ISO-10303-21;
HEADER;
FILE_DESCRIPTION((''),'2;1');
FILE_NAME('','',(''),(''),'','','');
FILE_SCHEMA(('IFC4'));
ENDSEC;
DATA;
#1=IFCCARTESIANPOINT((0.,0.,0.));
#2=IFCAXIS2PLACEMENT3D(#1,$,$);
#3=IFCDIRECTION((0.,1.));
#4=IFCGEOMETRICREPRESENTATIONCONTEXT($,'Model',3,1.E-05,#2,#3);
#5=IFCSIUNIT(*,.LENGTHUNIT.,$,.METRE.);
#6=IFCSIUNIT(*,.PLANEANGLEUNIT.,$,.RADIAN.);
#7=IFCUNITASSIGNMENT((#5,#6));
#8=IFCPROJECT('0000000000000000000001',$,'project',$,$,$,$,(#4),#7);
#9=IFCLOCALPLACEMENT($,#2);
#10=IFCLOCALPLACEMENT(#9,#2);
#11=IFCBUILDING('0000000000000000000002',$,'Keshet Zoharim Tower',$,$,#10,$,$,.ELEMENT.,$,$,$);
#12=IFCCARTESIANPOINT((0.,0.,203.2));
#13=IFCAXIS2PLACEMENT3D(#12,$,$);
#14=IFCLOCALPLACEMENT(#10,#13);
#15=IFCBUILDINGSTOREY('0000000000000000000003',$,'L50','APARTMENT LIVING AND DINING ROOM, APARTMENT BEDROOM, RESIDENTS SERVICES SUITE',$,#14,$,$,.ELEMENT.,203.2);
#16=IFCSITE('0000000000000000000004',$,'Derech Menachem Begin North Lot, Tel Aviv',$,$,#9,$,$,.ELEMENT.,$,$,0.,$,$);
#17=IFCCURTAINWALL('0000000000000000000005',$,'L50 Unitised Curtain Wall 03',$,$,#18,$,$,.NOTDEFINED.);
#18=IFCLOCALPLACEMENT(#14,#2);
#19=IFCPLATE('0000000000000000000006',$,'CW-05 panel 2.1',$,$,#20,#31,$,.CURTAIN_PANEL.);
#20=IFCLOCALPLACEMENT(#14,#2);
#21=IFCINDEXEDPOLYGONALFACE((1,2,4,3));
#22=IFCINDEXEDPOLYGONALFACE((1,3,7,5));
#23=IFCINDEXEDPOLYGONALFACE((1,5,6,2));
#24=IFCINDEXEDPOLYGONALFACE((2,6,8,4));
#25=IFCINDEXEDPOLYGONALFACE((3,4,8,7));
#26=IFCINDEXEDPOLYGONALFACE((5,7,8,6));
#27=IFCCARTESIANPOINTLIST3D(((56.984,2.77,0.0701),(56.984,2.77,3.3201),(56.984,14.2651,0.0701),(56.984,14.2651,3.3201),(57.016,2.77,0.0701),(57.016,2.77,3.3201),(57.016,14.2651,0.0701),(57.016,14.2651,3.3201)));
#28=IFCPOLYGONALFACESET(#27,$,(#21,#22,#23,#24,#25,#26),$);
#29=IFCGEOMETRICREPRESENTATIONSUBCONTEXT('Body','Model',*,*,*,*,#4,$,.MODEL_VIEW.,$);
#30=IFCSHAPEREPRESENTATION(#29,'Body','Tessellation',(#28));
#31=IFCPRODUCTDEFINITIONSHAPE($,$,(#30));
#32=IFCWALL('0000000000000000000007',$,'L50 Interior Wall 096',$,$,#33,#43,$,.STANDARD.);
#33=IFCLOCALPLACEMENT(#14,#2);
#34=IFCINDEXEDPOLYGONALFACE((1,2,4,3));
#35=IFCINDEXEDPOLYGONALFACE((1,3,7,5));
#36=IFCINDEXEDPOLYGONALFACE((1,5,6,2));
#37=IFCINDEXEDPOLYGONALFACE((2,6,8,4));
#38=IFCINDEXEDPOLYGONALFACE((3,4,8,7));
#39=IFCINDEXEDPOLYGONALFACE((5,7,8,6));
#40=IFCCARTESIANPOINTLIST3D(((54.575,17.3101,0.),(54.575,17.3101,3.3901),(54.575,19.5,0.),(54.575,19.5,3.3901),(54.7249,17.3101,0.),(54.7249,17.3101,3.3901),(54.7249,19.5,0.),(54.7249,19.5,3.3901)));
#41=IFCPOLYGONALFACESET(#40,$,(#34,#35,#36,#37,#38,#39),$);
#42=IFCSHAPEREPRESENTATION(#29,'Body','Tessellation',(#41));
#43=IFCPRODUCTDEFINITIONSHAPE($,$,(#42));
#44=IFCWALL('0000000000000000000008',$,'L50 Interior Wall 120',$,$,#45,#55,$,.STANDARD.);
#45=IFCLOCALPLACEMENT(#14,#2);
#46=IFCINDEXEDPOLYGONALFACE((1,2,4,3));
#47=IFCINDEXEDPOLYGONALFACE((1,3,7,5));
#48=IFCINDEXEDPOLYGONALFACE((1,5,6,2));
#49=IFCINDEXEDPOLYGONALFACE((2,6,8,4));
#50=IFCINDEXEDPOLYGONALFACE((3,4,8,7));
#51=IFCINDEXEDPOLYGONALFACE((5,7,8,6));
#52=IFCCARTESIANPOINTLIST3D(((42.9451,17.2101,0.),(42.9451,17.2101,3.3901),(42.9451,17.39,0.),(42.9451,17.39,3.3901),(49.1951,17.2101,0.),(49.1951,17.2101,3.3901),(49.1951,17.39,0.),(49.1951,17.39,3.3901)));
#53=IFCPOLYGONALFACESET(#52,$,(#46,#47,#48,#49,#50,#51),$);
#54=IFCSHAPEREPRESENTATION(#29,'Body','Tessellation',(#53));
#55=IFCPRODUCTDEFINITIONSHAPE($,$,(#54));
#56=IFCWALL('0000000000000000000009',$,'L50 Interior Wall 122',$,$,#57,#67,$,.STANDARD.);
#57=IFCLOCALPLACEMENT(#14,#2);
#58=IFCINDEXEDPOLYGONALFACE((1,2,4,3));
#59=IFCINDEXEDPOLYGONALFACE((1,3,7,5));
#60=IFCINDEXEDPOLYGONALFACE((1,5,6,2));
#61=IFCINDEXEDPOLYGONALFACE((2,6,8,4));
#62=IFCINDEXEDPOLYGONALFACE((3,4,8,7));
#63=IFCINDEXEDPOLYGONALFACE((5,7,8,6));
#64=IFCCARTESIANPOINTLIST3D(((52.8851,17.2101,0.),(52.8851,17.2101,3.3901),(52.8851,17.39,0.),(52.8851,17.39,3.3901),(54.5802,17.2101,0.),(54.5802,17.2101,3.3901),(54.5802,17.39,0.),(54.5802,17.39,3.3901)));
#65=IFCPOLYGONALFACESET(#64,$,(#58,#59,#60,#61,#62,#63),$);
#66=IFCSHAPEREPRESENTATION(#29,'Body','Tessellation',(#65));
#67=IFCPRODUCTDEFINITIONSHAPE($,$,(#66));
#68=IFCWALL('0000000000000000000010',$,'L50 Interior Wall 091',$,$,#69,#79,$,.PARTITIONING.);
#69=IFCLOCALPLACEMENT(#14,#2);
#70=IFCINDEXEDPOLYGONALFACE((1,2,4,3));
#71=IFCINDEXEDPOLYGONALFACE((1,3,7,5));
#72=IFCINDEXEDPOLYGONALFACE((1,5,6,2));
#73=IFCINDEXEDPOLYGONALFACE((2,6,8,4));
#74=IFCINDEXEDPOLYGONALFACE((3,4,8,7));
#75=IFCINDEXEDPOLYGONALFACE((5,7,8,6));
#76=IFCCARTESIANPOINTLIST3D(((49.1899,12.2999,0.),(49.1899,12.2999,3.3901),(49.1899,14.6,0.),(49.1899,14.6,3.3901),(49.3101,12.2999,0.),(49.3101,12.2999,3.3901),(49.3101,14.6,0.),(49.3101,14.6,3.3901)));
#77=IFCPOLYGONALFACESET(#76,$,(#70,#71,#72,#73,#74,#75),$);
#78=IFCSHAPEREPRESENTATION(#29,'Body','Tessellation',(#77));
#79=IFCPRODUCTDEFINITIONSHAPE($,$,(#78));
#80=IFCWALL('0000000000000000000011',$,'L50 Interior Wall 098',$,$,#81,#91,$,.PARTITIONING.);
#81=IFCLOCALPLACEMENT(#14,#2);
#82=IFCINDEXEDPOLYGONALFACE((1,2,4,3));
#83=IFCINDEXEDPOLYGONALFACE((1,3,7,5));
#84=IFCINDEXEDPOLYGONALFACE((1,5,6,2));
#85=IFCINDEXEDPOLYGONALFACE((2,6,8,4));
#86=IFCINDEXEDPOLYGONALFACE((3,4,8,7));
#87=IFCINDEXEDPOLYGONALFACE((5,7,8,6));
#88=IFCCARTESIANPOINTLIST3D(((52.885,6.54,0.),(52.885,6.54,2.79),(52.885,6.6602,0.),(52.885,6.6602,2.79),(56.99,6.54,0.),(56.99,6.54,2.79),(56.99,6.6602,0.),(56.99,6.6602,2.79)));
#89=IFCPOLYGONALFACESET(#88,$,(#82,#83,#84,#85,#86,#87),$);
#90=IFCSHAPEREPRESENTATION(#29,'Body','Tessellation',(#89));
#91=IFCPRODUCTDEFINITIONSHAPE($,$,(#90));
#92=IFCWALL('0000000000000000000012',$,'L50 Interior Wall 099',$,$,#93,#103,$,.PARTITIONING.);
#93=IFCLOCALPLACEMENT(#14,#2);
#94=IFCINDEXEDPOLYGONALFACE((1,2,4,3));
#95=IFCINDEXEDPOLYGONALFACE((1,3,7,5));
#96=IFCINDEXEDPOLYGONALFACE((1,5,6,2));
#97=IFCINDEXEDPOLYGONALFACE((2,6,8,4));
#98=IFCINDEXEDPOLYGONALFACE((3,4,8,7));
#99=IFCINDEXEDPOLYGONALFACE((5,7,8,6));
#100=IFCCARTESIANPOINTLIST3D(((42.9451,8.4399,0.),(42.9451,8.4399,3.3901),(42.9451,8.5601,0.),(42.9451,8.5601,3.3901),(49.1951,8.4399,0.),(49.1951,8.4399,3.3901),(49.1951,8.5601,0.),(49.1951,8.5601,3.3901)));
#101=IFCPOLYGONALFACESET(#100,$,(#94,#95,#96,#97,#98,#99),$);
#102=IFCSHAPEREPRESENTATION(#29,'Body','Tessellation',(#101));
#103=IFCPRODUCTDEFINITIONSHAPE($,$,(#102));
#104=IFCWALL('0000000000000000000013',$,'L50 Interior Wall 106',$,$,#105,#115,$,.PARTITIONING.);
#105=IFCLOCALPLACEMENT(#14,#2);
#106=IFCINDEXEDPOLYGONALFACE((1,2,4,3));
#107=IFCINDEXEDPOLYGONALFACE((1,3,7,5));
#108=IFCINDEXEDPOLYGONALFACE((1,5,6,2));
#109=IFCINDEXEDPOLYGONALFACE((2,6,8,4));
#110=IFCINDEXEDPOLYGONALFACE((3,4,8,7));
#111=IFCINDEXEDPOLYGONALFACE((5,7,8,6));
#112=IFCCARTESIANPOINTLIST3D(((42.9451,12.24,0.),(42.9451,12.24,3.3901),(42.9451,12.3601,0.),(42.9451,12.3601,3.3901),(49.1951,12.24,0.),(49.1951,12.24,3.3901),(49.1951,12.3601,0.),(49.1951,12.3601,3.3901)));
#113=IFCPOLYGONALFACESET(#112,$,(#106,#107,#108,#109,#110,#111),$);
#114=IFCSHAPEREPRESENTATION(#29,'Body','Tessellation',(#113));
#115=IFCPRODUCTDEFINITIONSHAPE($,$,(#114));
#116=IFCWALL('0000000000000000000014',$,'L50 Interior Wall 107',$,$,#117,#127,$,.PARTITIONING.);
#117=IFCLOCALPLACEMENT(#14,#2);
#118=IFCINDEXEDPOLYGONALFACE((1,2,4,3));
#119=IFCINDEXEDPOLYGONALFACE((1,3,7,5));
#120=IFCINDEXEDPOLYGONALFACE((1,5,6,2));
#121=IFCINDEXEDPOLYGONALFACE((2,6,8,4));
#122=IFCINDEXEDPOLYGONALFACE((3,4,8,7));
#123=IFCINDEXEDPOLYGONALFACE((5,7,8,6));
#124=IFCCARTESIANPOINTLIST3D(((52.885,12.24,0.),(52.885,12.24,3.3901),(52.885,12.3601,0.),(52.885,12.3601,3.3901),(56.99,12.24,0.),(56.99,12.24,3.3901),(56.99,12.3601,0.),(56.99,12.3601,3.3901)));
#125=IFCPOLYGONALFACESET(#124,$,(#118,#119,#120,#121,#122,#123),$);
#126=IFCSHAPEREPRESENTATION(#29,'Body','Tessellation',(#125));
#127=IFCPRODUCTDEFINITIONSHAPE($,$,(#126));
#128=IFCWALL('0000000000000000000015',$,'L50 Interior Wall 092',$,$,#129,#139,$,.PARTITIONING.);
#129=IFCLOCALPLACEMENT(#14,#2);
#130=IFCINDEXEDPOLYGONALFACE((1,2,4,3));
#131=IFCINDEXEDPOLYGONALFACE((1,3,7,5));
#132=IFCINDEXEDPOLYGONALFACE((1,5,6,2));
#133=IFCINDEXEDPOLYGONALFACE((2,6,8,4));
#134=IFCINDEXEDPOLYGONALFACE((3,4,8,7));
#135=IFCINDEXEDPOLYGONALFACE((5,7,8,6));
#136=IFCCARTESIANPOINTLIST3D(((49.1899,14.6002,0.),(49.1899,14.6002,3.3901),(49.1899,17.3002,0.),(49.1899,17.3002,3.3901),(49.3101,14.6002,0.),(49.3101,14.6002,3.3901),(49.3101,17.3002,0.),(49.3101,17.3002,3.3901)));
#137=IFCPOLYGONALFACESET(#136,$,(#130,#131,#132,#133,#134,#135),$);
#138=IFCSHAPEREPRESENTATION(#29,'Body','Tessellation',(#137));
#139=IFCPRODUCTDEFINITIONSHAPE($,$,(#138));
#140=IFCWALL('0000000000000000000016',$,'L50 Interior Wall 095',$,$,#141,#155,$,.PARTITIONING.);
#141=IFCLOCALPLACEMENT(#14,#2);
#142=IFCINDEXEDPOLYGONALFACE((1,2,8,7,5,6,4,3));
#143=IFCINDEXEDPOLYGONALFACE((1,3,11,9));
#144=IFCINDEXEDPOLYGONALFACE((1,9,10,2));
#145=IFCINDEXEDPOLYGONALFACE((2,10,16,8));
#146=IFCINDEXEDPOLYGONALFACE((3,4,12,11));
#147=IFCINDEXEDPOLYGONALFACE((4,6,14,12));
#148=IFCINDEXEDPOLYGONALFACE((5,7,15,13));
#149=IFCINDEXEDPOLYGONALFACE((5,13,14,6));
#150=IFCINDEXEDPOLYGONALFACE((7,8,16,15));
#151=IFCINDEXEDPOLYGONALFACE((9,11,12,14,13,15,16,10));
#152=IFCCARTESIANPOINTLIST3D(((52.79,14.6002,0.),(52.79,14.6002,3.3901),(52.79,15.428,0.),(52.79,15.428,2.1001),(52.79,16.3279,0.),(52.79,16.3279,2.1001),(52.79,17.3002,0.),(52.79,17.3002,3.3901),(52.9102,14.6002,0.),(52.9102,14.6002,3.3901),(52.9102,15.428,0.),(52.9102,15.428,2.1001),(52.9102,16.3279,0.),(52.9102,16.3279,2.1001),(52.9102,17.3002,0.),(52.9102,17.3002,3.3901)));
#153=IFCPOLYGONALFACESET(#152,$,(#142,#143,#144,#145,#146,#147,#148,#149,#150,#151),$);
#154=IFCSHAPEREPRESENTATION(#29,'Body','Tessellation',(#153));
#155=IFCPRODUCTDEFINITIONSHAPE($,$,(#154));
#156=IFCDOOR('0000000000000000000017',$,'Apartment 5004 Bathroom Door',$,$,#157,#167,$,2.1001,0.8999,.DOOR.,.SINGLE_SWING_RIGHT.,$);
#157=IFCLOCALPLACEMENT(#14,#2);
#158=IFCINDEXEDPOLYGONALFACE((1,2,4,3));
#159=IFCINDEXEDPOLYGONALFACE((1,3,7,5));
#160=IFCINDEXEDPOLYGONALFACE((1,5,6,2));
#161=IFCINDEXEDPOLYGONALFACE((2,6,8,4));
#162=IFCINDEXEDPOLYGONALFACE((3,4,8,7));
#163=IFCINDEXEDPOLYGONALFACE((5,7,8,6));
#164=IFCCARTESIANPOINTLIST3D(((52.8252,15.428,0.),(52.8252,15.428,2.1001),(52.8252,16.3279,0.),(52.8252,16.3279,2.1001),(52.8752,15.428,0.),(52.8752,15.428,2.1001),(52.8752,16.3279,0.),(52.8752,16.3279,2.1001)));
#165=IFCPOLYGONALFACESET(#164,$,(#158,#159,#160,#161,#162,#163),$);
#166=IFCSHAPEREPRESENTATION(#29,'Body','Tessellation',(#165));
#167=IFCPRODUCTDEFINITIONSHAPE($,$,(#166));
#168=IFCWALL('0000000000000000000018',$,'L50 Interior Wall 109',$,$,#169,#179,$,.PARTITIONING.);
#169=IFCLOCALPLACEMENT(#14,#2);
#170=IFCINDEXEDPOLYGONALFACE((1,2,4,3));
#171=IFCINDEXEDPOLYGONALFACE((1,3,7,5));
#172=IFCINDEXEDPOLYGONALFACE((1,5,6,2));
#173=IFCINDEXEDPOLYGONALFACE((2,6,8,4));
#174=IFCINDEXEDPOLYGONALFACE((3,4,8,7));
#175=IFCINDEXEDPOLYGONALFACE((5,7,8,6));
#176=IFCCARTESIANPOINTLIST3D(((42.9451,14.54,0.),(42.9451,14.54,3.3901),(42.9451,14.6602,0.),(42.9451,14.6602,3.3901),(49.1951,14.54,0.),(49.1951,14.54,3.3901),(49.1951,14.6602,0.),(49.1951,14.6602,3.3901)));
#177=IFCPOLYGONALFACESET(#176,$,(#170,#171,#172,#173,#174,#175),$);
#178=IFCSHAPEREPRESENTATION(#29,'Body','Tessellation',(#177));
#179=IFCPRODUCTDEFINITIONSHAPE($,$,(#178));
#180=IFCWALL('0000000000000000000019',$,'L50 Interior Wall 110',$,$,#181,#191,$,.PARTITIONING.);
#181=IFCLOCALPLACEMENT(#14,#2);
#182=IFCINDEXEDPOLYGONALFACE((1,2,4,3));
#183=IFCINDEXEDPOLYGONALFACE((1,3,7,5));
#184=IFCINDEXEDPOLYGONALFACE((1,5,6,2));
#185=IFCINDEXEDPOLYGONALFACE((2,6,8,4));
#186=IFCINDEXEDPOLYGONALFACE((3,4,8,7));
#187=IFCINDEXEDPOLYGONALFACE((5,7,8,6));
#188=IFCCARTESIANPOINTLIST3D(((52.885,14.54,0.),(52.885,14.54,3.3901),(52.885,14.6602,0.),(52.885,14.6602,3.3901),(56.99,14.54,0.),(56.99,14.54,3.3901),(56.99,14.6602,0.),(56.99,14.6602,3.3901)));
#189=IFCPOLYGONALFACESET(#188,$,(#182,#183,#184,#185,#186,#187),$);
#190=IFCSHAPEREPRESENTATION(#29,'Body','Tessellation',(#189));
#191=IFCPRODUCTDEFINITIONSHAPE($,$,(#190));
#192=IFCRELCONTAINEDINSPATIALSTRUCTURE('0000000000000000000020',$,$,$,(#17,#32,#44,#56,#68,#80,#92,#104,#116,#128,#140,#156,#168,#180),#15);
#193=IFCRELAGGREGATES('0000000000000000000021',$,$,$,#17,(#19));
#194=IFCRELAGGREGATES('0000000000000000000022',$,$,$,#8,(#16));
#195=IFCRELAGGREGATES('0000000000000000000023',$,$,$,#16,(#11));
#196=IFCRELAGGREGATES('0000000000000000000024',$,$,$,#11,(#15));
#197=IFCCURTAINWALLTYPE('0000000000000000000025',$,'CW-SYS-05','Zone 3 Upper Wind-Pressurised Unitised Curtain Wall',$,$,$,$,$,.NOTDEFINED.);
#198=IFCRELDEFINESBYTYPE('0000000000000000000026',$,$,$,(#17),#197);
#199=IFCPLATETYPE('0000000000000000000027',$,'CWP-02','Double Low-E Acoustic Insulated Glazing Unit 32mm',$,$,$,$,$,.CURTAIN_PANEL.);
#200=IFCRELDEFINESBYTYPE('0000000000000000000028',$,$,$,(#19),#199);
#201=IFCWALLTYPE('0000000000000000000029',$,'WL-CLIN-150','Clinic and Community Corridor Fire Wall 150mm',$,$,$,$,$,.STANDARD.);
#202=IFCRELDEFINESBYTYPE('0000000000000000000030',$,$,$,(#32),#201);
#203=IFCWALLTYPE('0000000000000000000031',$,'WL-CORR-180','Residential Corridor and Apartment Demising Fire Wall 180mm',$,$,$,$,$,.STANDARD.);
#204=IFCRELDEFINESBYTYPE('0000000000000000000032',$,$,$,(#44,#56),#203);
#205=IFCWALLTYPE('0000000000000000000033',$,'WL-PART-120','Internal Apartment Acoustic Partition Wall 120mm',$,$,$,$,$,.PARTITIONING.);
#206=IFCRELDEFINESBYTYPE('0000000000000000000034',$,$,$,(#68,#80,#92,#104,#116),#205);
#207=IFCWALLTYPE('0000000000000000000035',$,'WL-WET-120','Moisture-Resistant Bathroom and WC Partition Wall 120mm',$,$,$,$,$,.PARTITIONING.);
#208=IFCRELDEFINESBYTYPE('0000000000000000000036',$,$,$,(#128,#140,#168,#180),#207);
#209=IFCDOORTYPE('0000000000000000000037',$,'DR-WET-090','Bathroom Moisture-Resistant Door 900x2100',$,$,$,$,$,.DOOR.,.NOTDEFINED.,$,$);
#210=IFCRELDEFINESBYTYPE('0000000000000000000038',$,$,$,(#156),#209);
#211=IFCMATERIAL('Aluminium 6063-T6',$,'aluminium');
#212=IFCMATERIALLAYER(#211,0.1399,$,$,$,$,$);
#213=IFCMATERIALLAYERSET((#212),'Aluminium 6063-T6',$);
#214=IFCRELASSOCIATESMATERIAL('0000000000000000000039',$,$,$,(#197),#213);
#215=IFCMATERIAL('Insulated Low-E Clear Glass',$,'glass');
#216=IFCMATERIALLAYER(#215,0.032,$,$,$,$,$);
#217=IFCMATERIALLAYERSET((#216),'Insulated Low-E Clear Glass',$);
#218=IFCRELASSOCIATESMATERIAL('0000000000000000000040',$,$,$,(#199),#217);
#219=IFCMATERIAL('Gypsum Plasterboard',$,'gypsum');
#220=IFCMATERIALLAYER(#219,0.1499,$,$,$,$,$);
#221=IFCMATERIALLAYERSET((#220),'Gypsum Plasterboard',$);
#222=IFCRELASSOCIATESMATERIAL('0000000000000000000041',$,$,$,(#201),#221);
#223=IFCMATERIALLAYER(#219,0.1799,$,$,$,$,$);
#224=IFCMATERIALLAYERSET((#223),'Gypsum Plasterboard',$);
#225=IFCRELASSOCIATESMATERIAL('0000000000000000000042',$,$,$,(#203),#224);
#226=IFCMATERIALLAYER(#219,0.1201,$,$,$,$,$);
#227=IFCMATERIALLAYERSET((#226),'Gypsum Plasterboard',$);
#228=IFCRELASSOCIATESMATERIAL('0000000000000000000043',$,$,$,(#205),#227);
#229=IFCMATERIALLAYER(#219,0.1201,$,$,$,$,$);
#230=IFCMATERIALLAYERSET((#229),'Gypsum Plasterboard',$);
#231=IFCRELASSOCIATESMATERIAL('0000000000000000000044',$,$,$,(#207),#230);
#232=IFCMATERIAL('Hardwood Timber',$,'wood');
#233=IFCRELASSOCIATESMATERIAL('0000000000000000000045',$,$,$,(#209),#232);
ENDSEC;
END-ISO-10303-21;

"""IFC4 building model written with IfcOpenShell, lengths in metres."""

from ifc_helpers import new_model, si_unit, direction, frame, frame_2d, origin, origin_2d, place, context, subcontext, project, spatial, rectangle, extrude, material, layer, layer_set, type_object, element, fill, aggregate, save


model = new_model("IFC4")

# Units and contexts
model_context = context("Model", 3, precision=1e-05, world=origin(), true_north=direction((0.0, 1.0)))
body_context = subcontext(model_context, "Body", "Model", "MODEL_VIEW")
ifc_project = project(units=[si_unit("LENGTHUNIT", "METRE"), si_unit("PLANEANGLEUNIT", "RADIAN")], contexts=[model_context])

# Site, building, storey
site_placement = place(None, origin())
site = spatial("IfcSite", under=ifc_project, at=site_placement, Name="Derech Menachem Begin North Lot, Tel Aviv", CompositionType="ELEMENT", RefElevation=0.0)
building_placement = place(site_placement, origin())
building = spatial("IfcBuilding", under=site, at=building_placement, Name="Keshet Zoharim Tower", CompositionType="ELEMENT")
storey_placement = place(building_placement, frame((0.0, 0.0, 203.2)))
storey = spatial("IfcBuildingStorey", under=building, at=storey_placement, Name="L50", Description="APARTMENT LIVING AND DINING ROOM, APARTMENT BEDROOM, RESIDENTS SERVICES SUITE", CompositionType="ELEMENT", Elevation=203.2)

# Curtain wall, plate
ifc_material_1 = material(Name="Aluminium 6063-T6", Category="aluminium")
ifc_layer_1 = layer(ifc_material_1, 0.1399)
ifc_layer_set_1 = layer_set([ifc_layer_1], Name="Aluminium 6063-T6")
curtain_wall_type = type_object("IfcCurtainWallType", Name="CW-SYS-05", Description="Zone 3 Upper Wind-Pressurised Unitised Curtain Wall", PredefinedType="NOTDEFINED", material=ifc_layer_set_1)
curtain_wall_placement = place(storey_placement, origin())
curtain_wall = element("IfcCurtainWall", 1, at=curtain_wall_placement, inside=storey, type_object=curtain_wall_type, Name="L50 Unitised Curtain Wall 03", PredefinedType="NOTDEFINED")
ifc_material_2 = material(Name="Insulated Low-E Clear Glass", Category="glass")
ifc_layer_2 = layer(ifc_material_2, 0.032)
ifc_layer_set_2 = layer_set([ifc_layer_2], Name="Insulated Low-E Clear Glass")
plate_type = type_object("IfcPlateType", Name="CWP-02", Description="Double Low-E Acoustic Insulated Glazing Unit 32mm", PredefinedType="CURTAIN_PANEL", material=ifc_layer_set_2)
plate_1_placement = place(storey_placement, frame((57.0, 8.5176, 0.0701), z_axis=(0.0, 0.0, 1.0), x_axis=(0.0, -1.0, 0.0)))
plate_1 = element("IfcPlate", 2, at=plate_1_placement, type_object=plate_type, Name="CW-05 panel 2.1", PredefinedType="CURTAIN_PANEL", context=body_context, shape_type="SweptSolid", body=[
    extrude(rectangle(XDim=11.4951, YDim=0.032, at=origin_2d()), origin(), (0.0, 0.0, 1.0), 3.25),
])
aggregate(curtain_wall, [plate_1])

# Walls
ifc_material_3 = material(Name="Gypsum Plasterboard", Category="gypsum")
ifc_layer_3 = layer(ifc_material_3, 0.1499)
ifc_layer_set_3 = layer_set([ifc_layer_3], Name="Gypsum Plasterboard")
wall_type_1 = type_object("IfcWallType", Name="WL-CLIN-150", Description="Clinic and Community Corridor Fire Wall 150mm", PredefinedType="STANDARD", material=ifc_layer_set_3)
wall_1_placement = place(storey_placement, frame((54.6499, 17.3101, 0.0), z_axis=(0.0, 0.0, 1.0), x_axis=(0.0, 1.0, 0.0)))
element("IfcWall", 3, at=wall_1_placement, inside=storey, type_object=wall_type_1, Name="L50 Interior Wall 096", PredefinedType="STANDARD", context=body_context, shape_type="SweptSolid", body=[
    extrude(rectangle(XDim=2.1899, YDim=0.1499, at=frame_2d((1.095, 0.0))), origin(), (0.0, 0.0, 1.0), 3.3901),
])
ifc_layer_4 = layer(ifc_material_3, 0.1799)
ifc_layer_set_4 = layer_set([ifc_layer_4], Name="Gypsum Plasterboard")
wall_type_2 = type_object("IfcWallType", Name="WL-CORR-180", Description="Residential Corridor and Apartment Demising Fire Wall 180mm", PredefinedType="STANDARD", material=ifc_layer_set_4)
wall_2_placement = place(storey_placement, frame((42.9451, 17.3, 0.0), z_axis=(0.0, 0.0, 1.0), x_axis=(1.0, 0.0, 0.0)))
element("IfcWall", 4, at=wall_2_placement, inside=storey, type_object=wall_type_2, Name="L50 Interior Wall 120", PredefinedType="STANDARD", context=body_context, shape_type="SweptSolid", body=[
    extrude(rectangle(XDim=6.25, YDim=0.1799, at=frame_2d((3.125, 0.0))), origin(), (0.0, 0.0, 1.0), 3.3901),
])

# Shared definitions
ifc_material_4 = material(Name="Hardwood Timber", Category="wood")

# Walls
wall_3_placement = place(storey_placement, frame((52.885, 17.3, 0.0), z_axis=(0.0, 0.0, 1.0), x_axis=(1.0, 0.0, 0.0)))
element("IfcWall", 5, at=wall_3_placement, inside=storey, type_object=wall_type_2, Name="L50 Interior Wall 122", PredefinedType="STANDARD", context=body_context, shape_type="SweptSolid", body=[
    extrude(rectangle(XDim=1.6951, YDim=0.1799, at=frame_2d((0.8477, 0.0))), origin(), (0.0, 0.0, 1.0), 3.3901),
])
ifc_layer_5 = layer(ifc_material_3, 0.1201)
ifc_layer_set_5 = layer_set([ifc_layer_5], Name="Gypsum Plasterboard")
wall_type_3 = type_object("IfcWallType", Name="WL-PART-120", Description="Internal Apartment Acoustic Partition Wall 120mm", PredefinedType="PARTITIONING", material=ifc_layer_set_5)
wall_4_placement = place(storey_placement, frame((49.25, 12.3, 0.0), z_axis=(0.0, 0.0, 1.0), x_axis=(0.0, 1.0, 0.0)))
element("IfcWall", 6, at=wall_4_placement, inside=storey, type_object=wall_type_3, Name="L50 Interior Wall 091", PredefinedType="PARTITIONING", context=body_context, shape_type="SweptSolid", body=[
    extrude(rectangle(XDim=2.3, YDim=0.1201, at=frame_2d((1.1499, 0.0))), origin(), (0.0, 0.0, 1.0), 3.3901),
])

# Walls
wall_5_placement = place(storey_placement, frame((52.885, 6.6001, 0.0), z_axis=(0.0, 0.0, 1.0), x_axis=(1.0, 0.0, 0.0)))
element("IfcWall", 7, at=wall_5_placement, inside=storey, type_object=wall_type_3, Name="L50 Interior Wall 098", PredefinedType="PARTITIONING", context=body_context, shape_type="SweptSolid", body=[
    extrude(rectangle(XDim=4.105, YDim=0.1201, at=frame_2d((2.0525, 0.0))), origin(), (0.0, 0.0, 1.0), 2.79),
])
for number, where, z_axis, x_axis, name in (
    (8, (42.9451, 8.5, 0.0), (0.0, 0.0, 1.0), (1.0, 0.0, 0.0), "L50 Interior Wall 099"),
    (9, (42.9451, 12.3, 0.0), (0.0, 0.0, 1.0), (1.0, 0.0, 0.0), "L50 Interior Wall 106"),
):
    element("IfcWall", number, at=place(storey_placement, frame(where, z_axis=z_axis, x_axis=x_axis)), inside=storey, type_object=wall_type_3, Name=name, PredefinedType="PARTITIONING", context=body_context, shape_type="SweptSolid", body=[
        extrude(rectangle(XDim=6.25, YDim=0.1201, at=frame_2d((3.125, 0.0))), origin(), (0.0, 0.0, 1.0), 3.3901),
    ])
wall_6_placement = place(storey_placement, frame((52.885, 12.3, 0.0), z_axis=(0.0, 0.0, 1.0), x_axis=(1.0, 0.0, 0.0)))
element("IfcWall", 10, at=wall_6_placement, inside=storey, type_object=wall_type_3, Name="L50 Interior Wall 107", PredefinedType="PARTITIONING", context=body_context, shape_type="SweptSolid", body=[
    extrude(rectangle(XDim=4.105, YDim=0.1201, at=frame_2d((2.0525, 0.0))), origin(), (0.0, 0.0, 1.0), 3.3901),
])
ifc_layer_6 = layer(ifc_material_3, 0.1201)
ifc_layer_set_6 = layer_set([ifc_layer_6], Name="Gypsum Plasterboard")
wall_type_4 = type_object("IfcWallType", Name="WL-WET-120", Description="Moisture-Resistant Bathroom and WC Partition Wall 120mm", PredefinedType="PARTITIONING", material=ifc_layer_set_6)
wall_7_placement = place(storey_placement, frame((49.25, 14.6001, 0.0), z_axis=(0.0, 0.0, 1.0), x_axis=(0.0, 1.0, 0.0)))
element("IfcWall", 11, at=wall_7_placement, inside=storey, type_object=wall_type_4, Name="L50 Interior Wall 092", PredefinedType="PARTITIONING", context=body_context, shape_type="SweptSolid", body=[
    extrude(rectangle(XDim=2.7, YDim=0.1201, at=frame_2d((1.3501, 0.0))), origin(), (0.0, 0.0, 1.0), 3.3901),
])

# Wall, opening, door
wall_8_placement = place(storey_placement, frame((52.8501, 14.6001, 0.0), z_axis=(0.0, 0.0, 1.0), x_axis=(0.0, 1.0, 0.0)))
wall_8 = element("IfcWall", 12, at=wall_8_placement, inside=storey, type_object=wall_type_4, Name="L50 Interior Wall 095", PredefinedType="PARTITIONING", context=body_context, shape_type="SweptSolid", body=[
    extrude(rectangle(XDim=2.7, YDim=0.1201, at=frame_2d((1.3501, 0.0))), origin(), (0.0, 0.0, 1.0), 3.3901),
])
opening_1_placement = place(wall_8_placement, frame((0.8279, 0.0, 0.0)))
opening_1 = element("IfcOpeningElement", 13, at=opening_1_placement, cuts=wall_8, PredefinedType="OPENING", context=body_context, shape_type="SweptSolid", body=[
    extrude(rectangle(XDim=0.8999, YDim=2.1001, at=frame_2d((0.45, 1.05))), frame((0.0, 0.0701, 0.0), z_axis=(0.0, -1.0, 0.0), x_axis=(1.0, 0.0, 0.0)), (0.0, 0.0, 1.0), 0.1401),
])
door_type_1 = type_object("IfcDoorType", Name="DR-WET-090", Description="Bathroom Moisture-Resistant Door 900x2100", OperationType="NOTDEFINED", PredefinedType="DOOR", material=ifc_material_4)
door_1_placement = place(opening_1_placement, origin())
door_1 = element("IfcDoor", 14, at=door_1_placement, inside=storey, type_object=door_type_1, Name="Apartment 5004 Bathroom Door", OperationType="SINGLE_SWING_RIGHT", OverallHeight=2.1001, OverallWidth=0.8999, PredefinedType="DOOR", context=body_context, shape_type="SweptSolid", body=[
    extrude(rectangle(XDim=0.8999, YDim=2.1001, at=frame_2d((0.45, 1.05))), frame((0.0, 0.0249, 0.0), z_axis=(0.0, -1.0, 0.0), x_axis=(1.0, 0.0, 0.0)), (0.0, 0.0, 1.0), 0.05),
])
fill(opening_1, door_1)

# Walls
wall_9_placement = place(storey_placement, frame((42.9451, 14.6001, 0.0), z_axis=(0.0, 0.0, 1.0), x_axis=(1.0, 0.0, 0.0)))
element("IfcWall", 15, at=wall_9_placement, inside=storey, type_object=wall_type_4, Name="L50 Interior Wall 109", PredefinedType="PARTITIONING", context=body_context, shape_type="SweptSolid", body=[
    extrude(rectangle(XDim=6.25, YDim=0.1201, at=frame_2d((3.125, 0.0))), origin(), (0.0, 0.0, 1.0), 3.3901),
])
wall_10_placement = place(storey_placement, frame((52.885, 14.6001, 0.0), z_axis=(0.0, 0.0, 1.0), x_axis=(1.0, 0.0, 0.0)))
element("IfcWall", 16, at=wall_10_placement, inside=storey, type_object=wall_type_4, Name="L50 Interior Wall 110", PredefinedType="PARTITIONING", context=body_context, shape_type="SweptSolid", body=[
    extrude(rectangle(XDim=4.105, YDim=0.1201, at=frame_2d((2.0525, 0.0))), origin(), (0.0, 0.0, 1.0), 3.3901),
])

save(model, "model.ifc")
